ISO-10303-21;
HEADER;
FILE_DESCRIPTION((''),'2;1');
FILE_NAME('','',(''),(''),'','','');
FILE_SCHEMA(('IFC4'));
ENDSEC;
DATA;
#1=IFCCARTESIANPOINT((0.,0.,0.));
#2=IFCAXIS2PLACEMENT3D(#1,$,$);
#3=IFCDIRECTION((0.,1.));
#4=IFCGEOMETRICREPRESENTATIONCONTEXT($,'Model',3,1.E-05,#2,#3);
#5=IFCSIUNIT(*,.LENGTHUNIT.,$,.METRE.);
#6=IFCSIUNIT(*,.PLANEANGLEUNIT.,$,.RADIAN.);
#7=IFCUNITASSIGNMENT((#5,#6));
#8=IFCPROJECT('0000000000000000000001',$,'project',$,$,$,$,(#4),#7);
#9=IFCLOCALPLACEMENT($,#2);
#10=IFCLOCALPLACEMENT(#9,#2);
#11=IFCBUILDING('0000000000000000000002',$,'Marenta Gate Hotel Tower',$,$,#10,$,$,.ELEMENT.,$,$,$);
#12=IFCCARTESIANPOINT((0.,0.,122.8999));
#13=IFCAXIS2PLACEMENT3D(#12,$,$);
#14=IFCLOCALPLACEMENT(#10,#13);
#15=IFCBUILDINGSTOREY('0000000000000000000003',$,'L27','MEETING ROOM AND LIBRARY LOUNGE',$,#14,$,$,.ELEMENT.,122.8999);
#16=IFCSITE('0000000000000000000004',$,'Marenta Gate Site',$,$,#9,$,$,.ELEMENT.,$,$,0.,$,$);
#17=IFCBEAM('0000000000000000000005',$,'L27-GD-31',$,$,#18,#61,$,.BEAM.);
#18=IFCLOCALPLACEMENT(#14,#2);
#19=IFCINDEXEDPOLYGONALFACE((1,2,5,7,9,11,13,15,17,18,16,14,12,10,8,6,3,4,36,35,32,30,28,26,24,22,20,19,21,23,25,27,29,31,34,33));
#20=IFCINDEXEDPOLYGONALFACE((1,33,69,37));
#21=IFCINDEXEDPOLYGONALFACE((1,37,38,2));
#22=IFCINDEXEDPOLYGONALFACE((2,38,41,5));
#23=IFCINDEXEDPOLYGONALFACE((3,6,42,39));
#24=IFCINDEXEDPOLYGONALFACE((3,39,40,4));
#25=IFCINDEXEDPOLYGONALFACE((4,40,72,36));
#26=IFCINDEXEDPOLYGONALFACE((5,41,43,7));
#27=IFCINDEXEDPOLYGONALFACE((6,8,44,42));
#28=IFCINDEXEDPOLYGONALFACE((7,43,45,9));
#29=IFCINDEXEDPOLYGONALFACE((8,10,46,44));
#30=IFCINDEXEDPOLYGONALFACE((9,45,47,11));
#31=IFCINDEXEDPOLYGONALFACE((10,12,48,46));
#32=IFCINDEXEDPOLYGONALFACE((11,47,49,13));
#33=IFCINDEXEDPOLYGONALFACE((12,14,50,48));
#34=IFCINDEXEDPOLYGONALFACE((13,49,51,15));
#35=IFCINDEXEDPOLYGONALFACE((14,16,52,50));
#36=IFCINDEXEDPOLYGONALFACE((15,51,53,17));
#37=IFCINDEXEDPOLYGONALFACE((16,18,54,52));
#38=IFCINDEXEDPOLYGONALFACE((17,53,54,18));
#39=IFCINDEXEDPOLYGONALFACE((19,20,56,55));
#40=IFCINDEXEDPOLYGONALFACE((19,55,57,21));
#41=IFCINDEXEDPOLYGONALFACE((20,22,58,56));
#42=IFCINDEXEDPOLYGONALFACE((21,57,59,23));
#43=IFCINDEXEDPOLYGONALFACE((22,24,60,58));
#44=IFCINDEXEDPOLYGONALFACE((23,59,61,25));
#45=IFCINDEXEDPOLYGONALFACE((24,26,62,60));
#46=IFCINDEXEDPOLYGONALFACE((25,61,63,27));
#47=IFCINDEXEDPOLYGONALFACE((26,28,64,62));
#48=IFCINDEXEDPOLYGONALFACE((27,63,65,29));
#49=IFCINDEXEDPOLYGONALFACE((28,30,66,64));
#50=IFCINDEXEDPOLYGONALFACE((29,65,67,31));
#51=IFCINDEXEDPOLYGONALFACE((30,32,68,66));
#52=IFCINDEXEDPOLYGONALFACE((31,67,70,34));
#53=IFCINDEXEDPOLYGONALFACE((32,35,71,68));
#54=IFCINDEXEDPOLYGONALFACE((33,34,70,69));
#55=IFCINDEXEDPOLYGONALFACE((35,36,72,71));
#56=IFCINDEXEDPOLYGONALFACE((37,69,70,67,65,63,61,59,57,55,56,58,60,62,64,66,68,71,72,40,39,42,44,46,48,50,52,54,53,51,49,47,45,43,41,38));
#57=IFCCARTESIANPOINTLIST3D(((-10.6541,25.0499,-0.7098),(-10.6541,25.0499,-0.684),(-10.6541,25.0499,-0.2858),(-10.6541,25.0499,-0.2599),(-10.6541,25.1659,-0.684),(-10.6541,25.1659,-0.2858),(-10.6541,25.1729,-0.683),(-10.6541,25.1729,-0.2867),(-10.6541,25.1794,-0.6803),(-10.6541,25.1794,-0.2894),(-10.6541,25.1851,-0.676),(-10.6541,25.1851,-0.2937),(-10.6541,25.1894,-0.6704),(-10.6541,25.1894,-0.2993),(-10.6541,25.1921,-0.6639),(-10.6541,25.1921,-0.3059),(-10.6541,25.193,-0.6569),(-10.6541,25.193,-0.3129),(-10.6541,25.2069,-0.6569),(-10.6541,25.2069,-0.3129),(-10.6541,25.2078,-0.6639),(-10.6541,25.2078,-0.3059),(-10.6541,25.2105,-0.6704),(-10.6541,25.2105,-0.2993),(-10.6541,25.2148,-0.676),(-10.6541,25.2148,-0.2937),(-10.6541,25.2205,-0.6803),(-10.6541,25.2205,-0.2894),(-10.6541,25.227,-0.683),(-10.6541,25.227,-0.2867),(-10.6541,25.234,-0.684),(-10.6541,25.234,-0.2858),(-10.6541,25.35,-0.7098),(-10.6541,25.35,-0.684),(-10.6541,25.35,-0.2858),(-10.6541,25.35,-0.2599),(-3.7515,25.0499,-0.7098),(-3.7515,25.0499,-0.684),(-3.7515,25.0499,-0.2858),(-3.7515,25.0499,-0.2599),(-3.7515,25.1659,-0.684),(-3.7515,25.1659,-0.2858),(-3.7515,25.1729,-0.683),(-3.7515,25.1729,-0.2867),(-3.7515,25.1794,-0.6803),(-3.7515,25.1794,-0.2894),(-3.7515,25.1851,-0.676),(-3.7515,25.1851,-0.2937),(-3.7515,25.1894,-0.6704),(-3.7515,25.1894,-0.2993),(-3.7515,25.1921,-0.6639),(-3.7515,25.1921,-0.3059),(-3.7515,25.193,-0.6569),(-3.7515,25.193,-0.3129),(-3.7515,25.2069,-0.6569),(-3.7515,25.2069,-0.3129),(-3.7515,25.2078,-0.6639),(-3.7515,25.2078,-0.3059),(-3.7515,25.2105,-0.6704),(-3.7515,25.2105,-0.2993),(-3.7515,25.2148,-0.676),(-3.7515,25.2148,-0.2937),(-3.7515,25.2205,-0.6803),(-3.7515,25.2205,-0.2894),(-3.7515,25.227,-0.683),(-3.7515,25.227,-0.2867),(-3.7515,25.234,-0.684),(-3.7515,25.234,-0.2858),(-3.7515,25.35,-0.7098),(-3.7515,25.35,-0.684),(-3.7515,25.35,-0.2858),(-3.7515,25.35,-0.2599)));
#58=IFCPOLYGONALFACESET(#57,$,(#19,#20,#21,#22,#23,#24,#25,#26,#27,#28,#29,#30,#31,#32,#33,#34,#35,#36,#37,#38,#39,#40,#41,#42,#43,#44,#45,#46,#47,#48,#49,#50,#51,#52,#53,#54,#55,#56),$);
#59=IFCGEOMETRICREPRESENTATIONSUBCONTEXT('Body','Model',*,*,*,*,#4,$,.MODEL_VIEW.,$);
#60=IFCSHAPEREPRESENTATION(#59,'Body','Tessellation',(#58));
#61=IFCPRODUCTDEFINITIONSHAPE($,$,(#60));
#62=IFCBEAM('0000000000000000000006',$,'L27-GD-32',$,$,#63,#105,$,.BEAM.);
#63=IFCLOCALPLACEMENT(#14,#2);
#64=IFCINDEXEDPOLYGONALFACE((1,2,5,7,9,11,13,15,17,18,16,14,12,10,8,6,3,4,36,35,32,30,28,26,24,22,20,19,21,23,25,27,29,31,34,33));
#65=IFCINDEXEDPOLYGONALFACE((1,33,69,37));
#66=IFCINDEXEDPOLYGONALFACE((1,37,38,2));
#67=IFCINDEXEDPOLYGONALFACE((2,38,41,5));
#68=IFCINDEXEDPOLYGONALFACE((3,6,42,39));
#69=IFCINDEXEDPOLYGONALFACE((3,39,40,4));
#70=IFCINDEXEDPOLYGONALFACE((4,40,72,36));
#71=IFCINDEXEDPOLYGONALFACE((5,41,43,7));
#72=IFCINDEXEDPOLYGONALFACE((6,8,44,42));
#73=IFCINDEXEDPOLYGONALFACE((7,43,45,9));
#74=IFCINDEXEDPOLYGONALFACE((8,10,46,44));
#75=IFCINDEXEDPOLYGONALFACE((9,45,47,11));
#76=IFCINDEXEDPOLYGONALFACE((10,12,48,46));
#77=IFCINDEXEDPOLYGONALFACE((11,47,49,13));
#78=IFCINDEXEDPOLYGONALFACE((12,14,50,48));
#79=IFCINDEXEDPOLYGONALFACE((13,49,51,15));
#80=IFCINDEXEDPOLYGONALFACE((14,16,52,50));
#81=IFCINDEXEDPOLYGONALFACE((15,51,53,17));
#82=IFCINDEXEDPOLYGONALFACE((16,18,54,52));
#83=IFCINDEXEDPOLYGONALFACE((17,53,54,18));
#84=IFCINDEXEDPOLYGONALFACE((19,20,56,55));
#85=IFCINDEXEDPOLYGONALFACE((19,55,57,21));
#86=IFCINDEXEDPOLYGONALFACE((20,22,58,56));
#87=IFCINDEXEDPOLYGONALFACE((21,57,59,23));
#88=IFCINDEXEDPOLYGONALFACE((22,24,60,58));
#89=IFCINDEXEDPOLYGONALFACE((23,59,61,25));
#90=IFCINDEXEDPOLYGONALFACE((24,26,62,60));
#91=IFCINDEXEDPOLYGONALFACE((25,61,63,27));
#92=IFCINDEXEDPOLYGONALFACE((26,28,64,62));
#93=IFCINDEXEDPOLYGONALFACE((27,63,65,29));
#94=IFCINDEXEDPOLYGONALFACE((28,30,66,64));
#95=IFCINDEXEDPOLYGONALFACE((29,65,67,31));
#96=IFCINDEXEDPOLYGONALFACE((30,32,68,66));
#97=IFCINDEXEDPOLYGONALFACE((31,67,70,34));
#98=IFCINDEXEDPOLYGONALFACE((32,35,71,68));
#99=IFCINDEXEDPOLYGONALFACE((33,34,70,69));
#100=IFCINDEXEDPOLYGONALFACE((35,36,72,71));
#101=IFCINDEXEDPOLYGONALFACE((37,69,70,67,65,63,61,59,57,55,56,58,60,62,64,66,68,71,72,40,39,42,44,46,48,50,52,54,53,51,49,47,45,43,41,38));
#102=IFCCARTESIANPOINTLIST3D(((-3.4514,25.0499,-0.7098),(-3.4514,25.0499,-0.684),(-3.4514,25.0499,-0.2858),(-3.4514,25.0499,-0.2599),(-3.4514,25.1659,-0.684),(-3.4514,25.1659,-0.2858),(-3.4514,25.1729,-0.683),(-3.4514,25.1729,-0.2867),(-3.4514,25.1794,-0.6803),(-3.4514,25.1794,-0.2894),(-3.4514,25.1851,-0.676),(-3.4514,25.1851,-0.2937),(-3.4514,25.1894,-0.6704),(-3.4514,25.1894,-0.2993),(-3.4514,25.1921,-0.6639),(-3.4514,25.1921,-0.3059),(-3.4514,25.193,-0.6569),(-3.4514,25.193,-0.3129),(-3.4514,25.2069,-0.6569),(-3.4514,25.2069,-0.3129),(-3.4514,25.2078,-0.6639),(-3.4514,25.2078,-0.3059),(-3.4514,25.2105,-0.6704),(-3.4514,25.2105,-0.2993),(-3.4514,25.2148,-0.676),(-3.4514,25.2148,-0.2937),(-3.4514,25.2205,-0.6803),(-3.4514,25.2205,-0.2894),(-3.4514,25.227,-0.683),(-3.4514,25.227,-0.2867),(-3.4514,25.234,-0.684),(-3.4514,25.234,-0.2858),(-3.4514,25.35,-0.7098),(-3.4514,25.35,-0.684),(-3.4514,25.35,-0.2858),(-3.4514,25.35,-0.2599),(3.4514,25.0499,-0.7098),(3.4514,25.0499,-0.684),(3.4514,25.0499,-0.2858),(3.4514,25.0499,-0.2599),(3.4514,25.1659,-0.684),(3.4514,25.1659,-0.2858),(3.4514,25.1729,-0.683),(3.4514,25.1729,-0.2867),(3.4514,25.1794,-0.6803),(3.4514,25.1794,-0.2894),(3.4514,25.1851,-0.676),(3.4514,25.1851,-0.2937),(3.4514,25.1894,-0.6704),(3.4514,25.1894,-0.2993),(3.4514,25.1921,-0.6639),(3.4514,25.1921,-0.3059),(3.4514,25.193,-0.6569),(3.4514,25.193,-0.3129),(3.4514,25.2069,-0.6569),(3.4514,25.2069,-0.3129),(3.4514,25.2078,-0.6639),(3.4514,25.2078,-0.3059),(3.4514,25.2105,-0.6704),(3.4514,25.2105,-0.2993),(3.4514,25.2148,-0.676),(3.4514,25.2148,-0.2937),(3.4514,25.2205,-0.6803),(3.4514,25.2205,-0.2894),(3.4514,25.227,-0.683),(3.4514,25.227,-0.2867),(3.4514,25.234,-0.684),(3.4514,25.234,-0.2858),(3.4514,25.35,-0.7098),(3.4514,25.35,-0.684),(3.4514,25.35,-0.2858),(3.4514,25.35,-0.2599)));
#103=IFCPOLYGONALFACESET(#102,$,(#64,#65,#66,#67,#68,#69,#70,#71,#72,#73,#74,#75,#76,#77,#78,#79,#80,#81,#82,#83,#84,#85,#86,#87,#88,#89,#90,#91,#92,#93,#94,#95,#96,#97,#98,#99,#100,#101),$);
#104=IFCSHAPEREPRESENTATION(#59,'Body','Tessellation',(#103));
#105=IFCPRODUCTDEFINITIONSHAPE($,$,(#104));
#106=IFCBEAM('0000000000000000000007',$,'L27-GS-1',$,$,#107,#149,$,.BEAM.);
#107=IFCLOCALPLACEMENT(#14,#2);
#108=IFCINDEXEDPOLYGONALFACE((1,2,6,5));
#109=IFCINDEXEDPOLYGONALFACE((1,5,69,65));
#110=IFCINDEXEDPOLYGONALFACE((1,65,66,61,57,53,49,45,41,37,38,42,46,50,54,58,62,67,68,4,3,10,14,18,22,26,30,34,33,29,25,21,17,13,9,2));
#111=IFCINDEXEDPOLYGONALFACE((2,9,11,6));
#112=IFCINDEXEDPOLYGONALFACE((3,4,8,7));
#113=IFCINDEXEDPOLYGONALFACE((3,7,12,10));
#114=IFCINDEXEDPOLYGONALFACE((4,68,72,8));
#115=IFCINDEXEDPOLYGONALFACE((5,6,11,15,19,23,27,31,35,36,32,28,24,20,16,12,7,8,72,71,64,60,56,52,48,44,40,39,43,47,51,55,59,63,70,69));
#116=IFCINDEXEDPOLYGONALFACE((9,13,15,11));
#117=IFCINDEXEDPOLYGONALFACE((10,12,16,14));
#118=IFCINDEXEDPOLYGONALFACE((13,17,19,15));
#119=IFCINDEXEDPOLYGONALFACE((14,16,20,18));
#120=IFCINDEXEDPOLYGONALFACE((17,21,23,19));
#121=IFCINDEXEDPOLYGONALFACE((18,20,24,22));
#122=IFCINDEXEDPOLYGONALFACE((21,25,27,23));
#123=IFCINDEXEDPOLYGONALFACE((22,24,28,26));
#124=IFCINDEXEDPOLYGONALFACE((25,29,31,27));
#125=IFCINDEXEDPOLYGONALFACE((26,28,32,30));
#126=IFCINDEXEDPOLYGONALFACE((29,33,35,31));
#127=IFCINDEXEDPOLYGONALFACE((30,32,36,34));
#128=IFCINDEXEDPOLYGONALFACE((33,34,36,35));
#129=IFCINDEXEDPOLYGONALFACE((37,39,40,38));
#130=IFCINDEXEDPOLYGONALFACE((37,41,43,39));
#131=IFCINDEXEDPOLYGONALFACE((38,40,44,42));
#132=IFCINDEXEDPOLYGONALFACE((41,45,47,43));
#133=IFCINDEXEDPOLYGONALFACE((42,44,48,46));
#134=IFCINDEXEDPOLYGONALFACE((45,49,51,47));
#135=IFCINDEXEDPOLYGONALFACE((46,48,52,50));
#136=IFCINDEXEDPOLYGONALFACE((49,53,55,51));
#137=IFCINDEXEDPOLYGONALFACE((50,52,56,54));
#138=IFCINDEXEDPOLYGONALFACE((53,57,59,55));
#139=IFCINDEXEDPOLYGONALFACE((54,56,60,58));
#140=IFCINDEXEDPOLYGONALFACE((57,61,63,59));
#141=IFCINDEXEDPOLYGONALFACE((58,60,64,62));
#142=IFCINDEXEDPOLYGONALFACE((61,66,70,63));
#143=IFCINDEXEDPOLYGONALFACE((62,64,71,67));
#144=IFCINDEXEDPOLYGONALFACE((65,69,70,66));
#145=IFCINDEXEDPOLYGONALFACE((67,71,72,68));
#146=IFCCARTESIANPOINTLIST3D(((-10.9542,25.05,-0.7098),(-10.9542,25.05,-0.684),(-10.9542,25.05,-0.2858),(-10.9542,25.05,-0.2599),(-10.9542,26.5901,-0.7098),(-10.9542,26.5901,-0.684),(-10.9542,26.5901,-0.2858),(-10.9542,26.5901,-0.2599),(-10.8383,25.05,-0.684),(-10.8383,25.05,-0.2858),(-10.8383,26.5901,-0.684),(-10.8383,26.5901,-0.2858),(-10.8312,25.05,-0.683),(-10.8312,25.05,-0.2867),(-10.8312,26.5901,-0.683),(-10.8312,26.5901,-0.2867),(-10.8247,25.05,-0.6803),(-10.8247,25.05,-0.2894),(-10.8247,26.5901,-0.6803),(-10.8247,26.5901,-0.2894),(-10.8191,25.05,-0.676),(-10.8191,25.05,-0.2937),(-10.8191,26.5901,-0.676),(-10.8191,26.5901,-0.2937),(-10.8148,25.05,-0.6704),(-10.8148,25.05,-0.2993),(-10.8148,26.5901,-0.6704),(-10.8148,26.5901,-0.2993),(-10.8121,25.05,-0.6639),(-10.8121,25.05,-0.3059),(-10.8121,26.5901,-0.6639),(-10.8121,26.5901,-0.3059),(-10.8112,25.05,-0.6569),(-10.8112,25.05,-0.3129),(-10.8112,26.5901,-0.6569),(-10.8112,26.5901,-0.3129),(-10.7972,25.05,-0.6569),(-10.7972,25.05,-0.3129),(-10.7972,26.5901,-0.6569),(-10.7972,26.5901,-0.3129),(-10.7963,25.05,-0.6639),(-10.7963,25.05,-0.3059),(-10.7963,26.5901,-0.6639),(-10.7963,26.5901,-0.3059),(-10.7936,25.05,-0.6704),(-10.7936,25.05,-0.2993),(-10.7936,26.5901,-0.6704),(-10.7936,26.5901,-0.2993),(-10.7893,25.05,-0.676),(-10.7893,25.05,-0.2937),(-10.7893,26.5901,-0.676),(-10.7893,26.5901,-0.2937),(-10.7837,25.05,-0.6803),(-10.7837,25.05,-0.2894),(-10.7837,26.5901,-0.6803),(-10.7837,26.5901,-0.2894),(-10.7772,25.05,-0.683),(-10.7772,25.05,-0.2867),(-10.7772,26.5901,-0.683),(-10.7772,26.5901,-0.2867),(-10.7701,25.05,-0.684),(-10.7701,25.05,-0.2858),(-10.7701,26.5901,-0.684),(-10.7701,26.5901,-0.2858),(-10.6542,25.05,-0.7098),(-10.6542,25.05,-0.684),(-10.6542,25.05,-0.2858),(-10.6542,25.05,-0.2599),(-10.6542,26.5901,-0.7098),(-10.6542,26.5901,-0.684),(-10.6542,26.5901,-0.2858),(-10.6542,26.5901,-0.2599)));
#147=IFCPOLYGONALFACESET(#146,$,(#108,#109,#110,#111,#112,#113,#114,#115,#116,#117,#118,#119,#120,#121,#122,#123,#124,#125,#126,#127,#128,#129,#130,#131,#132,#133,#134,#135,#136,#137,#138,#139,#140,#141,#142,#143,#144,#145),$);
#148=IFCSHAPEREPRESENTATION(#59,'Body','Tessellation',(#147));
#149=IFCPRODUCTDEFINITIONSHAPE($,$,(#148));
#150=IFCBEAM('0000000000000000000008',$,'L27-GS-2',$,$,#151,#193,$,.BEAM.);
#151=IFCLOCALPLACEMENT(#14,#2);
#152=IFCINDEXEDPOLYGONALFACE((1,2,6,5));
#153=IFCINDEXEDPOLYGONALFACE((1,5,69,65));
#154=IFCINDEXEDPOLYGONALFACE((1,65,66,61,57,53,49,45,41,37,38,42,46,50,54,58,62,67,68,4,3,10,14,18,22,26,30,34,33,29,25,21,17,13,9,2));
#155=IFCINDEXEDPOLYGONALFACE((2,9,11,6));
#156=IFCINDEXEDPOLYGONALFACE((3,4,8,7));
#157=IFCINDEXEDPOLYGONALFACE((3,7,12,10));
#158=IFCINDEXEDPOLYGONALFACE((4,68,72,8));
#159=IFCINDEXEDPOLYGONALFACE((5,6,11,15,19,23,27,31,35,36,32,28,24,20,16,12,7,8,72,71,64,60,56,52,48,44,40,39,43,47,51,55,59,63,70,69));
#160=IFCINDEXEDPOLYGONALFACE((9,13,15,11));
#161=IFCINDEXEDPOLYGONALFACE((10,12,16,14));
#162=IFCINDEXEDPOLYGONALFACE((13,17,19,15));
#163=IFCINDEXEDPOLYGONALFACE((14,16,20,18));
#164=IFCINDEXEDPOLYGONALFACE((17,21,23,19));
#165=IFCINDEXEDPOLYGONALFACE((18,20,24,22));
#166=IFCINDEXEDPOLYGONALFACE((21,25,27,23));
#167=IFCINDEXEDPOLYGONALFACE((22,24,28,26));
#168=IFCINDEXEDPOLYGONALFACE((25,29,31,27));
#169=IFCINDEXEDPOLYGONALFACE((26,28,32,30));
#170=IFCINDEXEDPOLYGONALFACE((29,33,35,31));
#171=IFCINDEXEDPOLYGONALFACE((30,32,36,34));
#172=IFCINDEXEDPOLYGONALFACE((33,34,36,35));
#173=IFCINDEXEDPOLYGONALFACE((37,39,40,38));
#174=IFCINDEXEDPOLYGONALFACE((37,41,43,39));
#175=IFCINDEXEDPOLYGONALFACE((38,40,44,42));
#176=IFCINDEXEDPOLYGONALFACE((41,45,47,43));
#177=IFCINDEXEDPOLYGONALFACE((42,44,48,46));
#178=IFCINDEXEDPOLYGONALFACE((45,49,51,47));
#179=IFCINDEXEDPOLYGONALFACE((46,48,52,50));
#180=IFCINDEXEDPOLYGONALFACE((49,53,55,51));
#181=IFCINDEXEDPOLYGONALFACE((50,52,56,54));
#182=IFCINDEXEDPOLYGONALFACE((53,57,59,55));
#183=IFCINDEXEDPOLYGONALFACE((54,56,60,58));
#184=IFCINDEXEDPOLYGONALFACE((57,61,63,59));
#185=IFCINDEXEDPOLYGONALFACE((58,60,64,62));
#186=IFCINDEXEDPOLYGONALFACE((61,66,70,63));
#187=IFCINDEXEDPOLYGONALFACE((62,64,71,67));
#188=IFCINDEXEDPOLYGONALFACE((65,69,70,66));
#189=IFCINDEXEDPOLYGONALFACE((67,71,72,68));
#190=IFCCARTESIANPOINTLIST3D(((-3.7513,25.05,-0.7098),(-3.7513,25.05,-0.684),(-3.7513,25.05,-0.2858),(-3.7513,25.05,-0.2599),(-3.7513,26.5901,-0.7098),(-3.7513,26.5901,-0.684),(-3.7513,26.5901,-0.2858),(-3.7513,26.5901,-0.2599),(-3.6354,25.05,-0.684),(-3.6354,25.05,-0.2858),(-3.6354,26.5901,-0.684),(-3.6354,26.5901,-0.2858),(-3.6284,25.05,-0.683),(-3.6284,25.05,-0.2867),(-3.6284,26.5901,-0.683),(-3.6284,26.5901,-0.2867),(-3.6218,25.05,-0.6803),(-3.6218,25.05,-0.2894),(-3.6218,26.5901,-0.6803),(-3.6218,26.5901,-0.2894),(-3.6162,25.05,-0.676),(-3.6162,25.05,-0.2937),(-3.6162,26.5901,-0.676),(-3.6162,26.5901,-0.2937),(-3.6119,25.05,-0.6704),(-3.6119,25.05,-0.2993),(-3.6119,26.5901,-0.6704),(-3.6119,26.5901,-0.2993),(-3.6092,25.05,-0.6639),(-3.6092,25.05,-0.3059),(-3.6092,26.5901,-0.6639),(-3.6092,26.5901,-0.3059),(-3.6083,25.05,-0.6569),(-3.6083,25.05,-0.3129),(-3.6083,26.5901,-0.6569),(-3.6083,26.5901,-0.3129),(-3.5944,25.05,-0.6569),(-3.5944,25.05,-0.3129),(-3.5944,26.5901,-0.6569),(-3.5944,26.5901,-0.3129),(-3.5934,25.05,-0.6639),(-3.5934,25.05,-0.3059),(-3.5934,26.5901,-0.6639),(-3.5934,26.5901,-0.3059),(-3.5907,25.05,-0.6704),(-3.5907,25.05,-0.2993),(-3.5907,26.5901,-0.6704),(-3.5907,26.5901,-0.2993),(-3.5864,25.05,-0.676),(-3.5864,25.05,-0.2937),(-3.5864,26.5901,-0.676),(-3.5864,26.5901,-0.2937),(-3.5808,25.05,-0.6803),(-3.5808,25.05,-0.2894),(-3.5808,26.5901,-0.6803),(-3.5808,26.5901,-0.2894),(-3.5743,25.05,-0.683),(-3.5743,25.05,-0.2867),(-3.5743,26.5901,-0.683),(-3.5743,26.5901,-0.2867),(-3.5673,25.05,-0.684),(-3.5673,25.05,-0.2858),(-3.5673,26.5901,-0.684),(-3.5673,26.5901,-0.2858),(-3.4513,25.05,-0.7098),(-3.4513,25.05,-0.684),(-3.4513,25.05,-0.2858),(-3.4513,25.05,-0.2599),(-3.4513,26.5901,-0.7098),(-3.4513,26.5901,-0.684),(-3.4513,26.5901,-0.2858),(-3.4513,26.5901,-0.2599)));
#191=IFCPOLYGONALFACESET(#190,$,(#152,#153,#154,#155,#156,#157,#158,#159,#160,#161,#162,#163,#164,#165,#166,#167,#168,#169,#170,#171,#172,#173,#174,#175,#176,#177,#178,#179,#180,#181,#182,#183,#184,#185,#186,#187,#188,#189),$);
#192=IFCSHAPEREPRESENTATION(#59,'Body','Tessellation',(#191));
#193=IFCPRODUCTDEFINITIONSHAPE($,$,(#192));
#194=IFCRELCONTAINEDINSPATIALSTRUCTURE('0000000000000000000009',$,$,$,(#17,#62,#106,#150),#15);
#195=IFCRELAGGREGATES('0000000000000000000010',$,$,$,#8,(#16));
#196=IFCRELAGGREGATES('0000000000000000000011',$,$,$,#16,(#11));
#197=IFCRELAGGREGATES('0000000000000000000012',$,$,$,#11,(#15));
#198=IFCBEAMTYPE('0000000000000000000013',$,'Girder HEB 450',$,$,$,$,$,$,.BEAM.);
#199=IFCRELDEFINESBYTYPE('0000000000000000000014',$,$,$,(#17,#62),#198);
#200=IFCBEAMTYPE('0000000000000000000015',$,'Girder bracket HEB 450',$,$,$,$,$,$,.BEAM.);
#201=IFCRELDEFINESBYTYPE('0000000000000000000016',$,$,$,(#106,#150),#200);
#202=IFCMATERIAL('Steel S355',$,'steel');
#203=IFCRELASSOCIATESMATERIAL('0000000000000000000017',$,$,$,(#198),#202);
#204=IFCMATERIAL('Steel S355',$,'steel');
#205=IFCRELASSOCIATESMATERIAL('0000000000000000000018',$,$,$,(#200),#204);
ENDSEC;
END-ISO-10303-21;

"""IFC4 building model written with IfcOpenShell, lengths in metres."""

from ifc_helpers import new_model, si_unit, direction, frame, origin, origin_2d, place, context, subcontext, project, spatial, i_section, extrude, material, material_profile, profile_set, type_object, element, save


model = new_model("IFC4")

# Units and contexts
model_context = context("Model", 3, precision=1e-05, world=origin(), true_north=direction((0.0, 1.0)))
body_context = subcontext(model_context, "Body", "Model", "MODEL_VIEW")
ifc_project = project(units=[si_unit("LENGTHUNIT", "METRE"), si_unit("PLANEANGLEUNIT", "RADIAN")], contexts=[model_context])

# Site, building, storey
site_placement = place(None, origin())
site = spatial("IfcSite", under=ifc_project, at=site_placement, Name="Marenta Gate Site", CompositionType="ELEMENT", RefElevation=0.0)
building_placement = place(site_placement, origin())
building = spatial("IfcBuilding", under=site, at=building_placement, Name="Marenta Gate Hotel Tower", CompositionType="ELEMENT")
storey_placement = place(building_placement, frame((0.0, 0.0, 122.8999)))
storey = spatial("IfcBuildingStorey", under=building, at=storey_placement, Name="L27", Description="MEETING ROOM AND LIBRARY LOUNGE", CompositionType="ELEMENT", Elevation=122.8999)

# Beams
ifc_material_1 = material(Name="Steel S355", Category="steel")
ifc_material_profile_1 = material_profile(ifc_material_1, i_section(OverallWidth=0.3, OverallDepth=0.45, WebThickness=0.0139, FlangeThickness=0.0259, FilletRadius=0.0271, at=origin_2d()), Name="HEB 450")
ifc_profile_set_1 = profile_set([ifc_material_profile_1], Name="Steel S355")
beam_type_1 = type_object("IfcBeamType", Name="Girder HEB 450", PredefinedType="BEAM", material=ifc_profile_set_1)
beam_1_placement = place(storey_placement, frame((-10.6541, 25.2, -0.4849), z_axis=(1.0, 0.0, 0.0), x_axis=(0.0, 1.0, 0.0)))
element("IfcBeam", 1, at=beam_1_placement, inside=storey, type_object=beam_type_1, Name="L27-GD-31", PredefinedType="BEAM", context=body_context, shape_type="SweptSolid", body=[
    extrude(i_section(OverallWidth=0.3, OverallDepth=0.45, WebThickness=0.0139, FlangeThickness=0.0259, FilletRadius=0.0271, at=origin_2d()), origin(), (0.0, 0.0, 1.0), 6.9026),
])
beam_2_placement = place(storey_placement, frame((-3.4514, 25.2, -0.4849), z_axis=(1.0, 0.0, 0.0), x_axis=(0.0, 1.0, 0.0)))
element("IfcBeam", 2, at=beam_2_placement, inside=storey, type_object=beam_type_1, Name="L27-GD-32", PredefinedType="BEAM", context=body_context, shape_type="SweptSolid", body=[
    extrude(i_section(OverallWidth=0.3, OverallDepth=0.45, WebThickness=0.0139, FlangeThickness=0.0259, FilletRadius=0.0271, at=origin_2d()), origin(), (0.0, 0.0, 1.0), 6.9028),
])
ifc_material_2 = material(Name="Steel S355", Category="steel")
ifc_material_profile_2 = material_profile(ifc_material_2, i_section(OverallWidth=0.3, OverallDepth=0.45, WebThickness=0.0139, FlangeThickness=0.0259, FilletRadius=0.0271, at=origin_2d()), Name="HEB 450")
ifc_profile_set_2 = profile_set([ifc_material_profile_2], Name="Steel S355")
beam_type_2 = type_object("IfcBeamType", Name="Girder bracket HEB 450", PredefinedType="BEAM", material=ifc_profile_set_2)
for number, where, z_axis, x_axis, name in (
    (3, (-10.8042, 25.05, -0.4849), (0.0, 1.0, 0.0), (-1.0, 0.0, 0.0), "L27-GS-1"),
    (4, (-3.6013, 25.05, -0.4849), (0.0, 1.0, 0.0), (-1.0, 0.0, 0.0), "L27-GS-2"),
):
    element("IfcBeam", number, at=place(storey_placement, frame(where, z_axis=z_axis, x_axis=x_axis)), inside=storey, type_object=beam_type_2, Name=name, PredefinedType="BEAM", context=body_context, shape_type="SweptSolid", body=[
        extrude(i_section(OverallWidth=0.3, OverallDepth=0.45, WebThickness=0.0139, FlangeThickness=0.0259, FilletRadius=0.0271, at=origin_2d()), origin(), (0.0, 0.0, 1.0), 1.54),
    ])

save(model, "model.ifc")
